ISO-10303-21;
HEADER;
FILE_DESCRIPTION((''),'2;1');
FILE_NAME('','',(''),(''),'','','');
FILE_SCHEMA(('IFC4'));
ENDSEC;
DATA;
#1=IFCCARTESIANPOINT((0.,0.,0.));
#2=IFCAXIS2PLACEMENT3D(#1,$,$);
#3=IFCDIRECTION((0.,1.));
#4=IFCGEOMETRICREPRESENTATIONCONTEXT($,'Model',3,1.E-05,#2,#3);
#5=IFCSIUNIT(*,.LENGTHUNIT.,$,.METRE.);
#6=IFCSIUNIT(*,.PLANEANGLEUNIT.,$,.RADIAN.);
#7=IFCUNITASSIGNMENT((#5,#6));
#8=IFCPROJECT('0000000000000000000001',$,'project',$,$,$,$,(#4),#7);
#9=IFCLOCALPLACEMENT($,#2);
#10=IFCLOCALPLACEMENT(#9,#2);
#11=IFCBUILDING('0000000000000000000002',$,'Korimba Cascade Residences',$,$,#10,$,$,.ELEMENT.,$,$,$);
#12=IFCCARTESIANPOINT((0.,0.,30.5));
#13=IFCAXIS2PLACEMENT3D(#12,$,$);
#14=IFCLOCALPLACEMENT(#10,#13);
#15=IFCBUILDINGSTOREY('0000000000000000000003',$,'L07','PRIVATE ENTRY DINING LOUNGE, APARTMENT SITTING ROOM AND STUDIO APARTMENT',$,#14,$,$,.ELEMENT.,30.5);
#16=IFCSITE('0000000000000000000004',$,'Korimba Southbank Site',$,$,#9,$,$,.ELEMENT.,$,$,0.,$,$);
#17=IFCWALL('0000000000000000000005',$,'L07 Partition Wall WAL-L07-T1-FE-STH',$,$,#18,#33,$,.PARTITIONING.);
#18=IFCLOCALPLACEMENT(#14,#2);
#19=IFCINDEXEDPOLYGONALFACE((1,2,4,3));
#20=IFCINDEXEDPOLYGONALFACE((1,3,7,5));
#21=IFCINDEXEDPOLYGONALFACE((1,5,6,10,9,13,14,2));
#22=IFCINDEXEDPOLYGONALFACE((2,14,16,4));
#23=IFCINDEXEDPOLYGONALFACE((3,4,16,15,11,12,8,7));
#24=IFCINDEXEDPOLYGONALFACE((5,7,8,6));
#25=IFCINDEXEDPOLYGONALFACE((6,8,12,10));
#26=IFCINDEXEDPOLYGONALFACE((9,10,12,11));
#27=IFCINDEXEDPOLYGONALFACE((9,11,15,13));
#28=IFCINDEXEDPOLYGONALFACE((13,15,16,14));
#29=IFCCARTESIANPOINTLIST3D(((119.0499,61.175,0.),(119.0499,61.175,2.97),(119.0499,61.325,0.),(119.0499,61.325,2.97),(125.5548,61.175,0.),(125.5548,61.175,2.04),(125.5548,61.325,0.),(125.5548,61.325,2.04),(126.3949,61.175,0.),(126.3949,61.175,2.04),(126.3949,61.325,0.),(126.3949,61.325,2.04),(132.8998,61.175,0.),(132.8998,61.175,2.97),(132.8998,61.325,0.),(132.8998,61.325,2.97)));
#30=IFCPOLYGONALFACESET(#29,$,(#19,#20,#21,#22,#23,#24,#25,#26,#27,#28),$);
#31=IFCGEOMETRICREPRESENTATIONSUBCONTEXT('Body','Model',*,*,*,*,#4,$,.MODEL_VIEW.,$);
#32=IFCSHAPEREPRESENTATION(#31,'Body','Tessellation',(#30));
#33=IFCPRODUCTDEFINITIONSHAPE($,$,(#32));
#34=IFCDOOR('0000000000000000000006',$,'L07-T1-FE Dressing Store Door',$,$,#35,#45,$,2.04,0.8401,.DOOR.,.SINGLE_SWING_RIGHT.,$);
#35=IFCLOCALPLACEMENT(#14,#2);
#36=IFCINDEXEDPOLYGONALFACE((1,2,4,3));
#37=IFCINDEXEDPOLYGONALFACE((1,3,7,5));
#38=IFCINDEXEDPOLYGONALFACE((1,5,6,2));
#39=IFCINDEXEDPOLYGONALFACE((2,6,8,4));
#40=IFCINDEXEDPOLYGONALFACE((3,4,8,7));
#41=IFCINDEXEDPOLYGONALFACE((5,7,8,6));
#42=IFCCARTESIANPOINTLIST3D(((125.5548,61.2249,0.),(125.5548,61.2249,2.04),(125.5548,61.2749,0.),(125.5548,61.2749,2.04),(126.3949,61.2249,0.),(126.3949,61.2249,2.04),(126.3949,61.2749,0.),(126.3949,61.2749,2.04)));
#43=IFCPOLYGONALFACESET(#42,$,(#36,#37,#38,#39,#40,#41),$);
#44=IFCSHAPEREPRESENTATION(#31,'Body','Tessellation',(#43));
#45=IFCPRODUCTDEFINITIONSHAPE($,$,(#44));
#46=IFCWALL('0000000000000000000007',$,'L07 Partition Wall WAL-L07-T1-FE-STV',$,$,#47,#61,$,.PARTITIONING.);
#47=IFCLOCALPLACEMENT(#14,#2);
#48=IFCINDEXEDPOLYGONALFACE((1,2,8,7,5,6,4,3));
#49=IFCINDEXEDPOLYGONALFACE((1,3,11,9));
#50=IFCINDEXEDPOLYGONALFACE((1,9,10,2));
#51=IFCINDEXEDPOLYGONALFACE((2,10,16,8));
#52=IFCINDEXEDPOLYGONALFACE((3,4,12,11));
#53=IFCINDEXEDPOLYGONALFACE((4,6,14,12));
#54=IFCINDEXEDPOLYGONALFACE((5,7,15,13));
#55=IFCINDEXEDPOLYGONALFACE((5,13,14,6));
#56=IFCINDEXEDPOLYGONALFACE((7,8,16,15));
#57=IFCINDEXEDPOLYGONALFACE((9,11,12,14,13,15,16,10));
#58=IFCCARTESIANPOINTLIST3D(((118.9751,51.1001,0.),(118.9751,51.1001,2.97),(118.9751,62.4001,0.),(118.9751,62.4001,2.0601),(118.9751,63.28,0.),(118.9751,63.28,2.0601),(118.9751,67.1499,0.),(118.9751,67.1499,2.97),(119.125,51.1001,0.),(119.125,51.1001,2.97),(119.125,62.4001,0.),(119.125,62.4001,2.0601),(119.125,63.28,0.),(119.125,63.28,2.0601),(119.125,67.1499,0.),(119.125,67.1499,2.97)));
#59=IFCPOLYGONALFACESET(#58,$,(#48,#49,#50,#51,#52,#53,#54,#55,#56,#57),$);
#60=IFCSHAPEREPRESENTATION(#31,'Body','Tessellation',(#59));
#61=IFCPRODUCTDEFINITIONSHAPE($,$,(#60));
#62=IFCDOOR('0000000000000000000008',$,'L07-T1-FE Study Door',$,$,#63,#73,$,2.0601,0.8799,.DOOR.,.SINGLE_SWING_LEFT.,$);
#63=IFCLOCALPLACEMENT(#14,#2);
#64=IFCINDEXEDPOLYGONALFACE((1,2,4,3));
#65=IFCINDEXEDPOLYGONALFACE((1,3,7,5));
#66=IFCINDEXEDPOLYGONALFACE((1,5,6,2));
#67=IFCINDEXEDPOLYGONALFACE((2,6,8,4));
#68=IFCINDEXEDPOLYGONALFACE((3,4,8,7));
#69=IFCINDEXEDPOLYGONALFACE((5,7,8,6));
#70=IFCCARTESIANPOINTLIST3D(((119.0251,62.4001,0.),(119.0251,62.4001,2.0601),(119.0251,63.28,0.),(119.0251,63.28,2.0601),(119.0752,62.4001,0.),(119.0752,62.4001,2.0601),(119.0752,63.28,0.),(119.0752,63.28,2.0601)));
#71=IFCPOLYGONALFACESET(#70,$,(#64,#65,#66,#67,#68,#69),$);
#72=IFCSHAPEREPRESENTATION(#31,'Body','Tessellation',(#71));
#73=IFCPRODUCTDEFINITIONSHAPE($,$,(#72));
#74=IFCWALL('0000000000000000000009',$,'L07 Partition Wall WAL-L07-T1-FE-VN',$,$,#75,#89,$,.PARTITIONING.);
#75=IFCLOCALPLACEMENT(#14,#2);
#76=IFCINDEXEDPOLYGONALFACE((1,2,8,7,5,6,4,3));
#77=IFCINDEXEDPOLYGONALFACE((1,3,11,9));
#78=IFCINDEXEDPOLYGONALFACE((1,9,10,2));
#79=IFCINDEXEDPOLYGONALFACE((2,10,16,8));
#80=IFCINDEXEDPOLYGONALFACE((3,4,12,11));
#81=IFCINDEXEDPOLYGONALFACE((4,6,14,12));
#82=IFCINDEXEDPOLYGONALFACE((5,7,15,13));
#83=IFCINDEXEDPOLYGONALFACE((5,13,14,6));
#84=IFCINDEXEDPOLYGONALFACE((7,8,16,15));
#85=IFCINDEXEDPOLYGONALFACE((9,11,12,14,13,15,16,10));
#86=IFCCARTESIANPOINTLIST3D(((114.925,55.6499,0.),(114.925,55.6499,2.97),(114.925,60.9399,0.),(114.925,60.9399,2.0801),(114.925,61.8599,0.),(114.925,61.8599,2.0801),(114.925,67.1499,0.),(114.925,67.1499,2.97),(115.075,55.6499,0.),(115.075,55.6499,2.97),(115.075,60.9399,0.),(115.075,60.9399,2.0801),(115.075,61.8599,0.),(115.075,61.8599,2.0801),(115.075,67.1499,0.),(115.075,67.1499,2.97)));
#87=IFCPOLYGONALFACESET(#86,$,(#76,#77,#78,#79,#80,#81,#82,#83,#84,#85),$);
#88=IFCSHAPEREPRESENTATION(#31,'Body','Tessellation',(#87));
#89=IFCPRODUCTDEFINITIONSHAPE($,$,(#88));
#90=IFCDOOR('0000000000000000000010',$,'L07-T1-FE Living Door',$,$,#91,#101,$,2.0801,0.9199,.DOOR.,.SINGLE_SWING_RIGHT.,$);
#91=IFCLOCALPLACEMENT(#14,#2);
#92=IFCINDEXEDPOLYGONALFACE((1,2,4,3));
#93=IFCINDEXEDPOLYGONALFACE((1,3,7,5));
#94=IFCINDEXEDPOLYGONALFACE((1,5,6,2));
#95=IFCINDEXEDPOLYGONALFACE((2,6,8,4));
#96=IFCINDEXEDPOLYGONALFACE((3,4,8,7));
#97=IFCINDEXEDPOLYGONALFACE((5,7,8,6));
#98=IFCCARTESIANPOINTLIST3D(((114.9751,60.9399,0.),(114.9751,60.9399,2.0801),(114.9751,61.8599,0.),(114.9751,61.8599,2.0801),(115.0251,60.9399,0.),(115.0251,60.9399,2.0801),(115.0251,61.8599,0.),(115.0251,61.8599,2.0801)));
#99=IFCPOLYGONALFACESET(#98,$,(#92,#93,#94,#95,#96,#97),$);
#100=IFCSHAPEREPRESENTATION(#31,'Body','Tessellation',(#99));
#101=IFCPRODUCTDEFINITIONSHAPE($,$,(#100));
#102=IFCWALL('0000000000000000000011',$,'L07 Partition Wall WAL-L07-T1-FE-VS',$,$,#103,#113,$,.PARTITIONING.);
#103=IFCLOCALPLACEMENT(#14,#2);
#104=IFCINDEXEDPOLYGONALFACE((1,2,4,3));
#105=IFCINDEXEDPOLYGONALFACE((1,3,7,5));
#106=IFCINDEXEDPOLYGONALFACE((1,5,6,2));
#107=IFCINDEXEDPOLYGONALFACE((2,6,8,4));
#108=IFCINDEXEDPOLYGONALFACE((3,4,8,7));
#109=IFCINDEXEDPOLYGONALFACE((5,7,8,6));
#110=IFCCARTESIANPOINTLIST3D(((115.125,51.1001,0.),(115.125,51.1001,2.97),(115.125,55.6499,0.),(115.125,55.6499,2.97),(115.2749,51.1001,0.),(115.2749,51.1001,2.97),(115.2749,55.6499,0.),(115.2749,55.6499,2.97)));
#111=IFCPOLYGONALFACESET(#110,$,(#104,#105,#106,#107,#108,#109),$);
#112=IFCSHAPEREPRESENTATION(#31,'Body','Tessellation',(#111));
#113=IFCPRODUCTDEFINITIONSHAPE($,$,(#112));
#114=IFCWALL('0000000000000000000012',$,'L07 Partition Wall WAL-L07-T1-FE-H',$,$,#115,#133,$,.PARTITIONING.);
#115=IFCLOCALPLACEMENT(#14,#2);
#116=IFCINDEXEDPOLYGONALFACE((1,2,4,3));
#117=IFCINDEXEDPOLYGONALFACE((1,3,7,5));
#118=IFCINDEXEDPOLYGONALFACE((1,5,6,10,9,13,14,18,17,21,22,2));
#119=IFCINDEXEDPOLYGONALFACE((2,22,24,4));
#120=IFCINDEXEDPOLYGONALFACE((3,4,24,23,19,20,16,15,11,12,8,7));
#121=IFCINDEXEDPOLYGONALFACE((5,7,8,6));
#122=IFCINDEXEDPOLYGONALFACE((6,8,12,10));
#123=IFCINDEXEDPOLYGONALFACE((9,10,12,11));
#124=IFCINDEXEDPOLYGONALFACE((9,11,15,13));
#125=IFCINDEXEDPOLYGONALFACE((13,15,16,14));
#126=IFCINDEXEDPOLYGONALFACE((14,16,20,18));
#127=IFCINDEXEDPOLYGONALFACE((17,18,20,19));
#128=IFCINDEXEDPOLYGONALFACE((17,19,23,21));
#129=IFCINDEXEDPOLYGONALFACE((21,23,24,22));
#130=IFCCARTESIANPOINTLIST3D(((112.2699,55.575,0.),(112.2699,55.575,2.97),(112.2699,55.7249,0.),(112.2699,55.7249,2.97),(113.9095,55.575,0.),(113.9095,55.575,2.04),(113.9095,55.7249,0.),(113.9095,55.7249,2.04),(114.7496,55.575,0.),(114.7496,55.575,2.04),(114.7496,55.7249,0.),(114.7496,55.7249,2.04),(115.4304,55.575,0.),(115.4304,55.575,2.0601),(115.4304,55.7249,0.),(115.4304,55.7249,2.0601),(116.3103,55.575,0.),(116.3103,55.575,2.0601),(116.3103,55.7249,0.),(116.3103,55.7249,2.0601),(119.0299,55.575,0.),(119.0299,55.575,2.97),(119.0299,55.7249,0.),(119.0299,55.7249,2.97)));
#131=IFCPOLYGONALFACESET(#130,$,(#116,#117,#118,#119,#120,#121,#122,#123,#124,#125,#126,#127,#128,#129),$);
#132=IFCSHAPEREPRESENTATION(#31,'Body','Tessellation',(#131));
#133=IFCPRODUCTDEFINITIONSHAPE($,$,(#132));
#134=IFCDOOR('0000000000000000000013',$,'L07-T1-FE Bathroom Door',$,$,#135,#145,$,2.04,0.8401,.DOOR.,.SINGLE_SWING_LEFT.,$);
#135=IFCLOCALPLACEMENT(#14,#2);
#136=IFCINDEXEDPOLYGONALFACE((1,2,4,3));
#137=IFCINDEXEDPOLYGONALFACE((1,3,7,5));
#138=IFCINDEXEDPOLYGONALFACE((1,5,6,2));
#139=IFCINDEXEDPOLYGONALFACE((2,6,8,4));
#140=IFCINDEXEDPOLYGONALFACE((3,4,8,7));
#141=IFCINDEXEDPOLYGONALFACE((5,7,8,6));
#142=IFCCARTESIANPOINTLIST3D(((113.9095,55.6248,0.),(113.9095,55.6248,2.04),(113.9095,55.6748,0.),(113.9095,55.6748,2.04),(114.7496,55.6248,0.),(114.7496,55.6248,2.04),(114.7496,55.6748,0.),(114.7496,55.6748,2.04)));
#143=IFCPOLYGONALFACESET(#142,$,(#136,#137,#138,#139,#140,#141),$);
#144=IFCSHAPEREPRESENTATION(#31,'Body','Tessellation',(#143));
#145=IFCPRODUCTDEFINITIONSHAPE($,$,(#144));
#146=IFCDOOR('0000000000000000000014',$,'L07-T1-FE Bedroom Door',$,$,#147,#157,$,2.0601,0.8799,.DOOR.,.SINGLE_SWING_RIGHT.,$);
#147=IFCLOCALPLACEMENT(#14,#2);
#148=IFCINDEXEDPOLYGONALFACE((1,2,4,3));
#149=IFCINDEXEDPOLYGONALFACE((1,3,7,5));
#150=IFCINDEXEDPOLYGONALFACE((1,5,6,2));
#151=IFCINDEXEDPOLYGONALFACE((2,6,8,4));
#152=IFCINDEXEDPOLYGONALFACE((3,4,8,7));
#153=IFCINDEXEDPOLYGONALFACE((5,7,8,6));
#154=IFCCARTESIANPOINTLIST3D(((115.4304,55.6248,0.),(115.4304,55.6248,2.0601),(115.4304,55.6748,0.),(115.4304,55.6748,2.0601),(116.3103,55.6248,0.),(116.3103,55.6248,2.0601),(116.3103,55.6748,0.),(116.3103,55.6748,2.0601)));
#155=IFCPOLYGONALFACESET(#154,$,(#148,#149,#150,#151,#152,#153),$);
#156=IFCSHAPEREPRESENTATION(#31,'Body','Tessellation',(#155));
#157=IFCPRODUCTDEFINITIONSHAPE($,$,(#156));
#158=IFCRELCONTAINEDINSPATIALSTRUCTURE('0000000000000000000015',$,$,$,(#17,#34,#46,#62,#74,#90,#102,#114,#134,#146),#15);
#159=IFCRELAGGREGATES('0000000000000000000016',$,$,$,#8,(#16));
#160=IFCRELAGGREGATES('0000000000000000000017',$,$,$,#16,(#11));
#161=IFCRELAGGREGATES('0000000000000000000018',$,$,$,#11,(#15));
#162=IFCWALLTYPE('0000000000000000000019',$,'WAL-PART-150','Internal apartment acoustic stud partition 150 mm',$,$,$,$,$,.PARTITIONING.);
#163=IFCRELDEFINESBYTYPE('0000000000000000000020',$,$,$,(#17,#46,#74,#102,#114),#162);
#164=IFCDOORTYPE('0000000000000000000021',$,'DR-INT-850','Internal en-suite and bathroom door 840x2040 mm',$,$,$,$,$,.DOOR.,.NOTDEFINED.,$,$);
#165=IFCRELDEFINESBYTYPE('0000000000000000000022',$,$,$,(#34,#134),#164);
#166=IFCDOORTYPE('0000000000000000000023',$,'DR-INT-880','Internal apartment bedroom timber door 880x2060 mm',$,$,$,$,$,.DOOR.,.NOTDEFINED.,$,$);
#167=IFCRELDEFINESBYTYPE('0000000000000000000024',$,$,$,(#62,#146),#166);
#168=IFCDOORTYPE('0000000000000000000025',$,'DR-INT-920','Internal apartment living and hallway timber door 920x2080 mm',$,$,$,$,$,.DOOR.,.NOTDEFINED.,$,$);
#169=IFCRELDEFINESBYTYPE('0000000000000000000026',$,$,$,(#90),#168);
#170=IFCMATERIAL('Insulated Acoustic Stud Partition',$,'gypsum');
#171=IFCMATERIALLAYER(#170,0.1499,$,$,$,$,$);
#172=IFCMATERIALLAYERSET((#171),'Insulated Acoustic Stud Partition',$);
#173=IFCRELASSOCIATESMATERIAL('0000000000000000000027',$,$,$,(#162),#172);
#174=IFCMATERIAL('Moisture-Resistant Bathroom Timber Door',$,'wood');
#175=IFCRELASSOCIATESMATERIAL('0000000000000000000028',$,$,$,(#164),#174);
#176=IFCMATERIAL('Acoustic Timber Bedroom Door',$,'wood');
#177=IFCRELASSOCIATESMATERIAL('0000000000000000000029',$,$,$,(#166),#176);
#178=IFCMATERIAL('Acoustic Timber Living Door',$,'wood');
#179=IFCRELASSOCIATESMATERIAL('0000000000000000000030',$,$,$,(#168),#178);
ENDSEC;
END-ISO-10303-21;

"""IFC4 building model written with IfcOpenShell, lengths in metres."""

from ifc_helpers import new_model, si_unit, direction, frame, frame_2d, origin, place, context, subcontext, project, spatial, rectangle, extrude, material, layer, layer_set, type_object, element, fill, save


model = new_model("IFC4")

# Units and contexts
model_context = context("Model", 3, precision=1e-05, world=origin(), true_north=direction((0.0, 1.0)))
body_context = subcontext(model_context, "Body", "Model", "MODEL_VIEW")
ifc_project = project(units=[si_unit("LENGTHUNIT", "METRE"), si_unit("PLANEANGLEUNIT", "RADIAN")], contexts=[model_context])

# Site, building, storey
site_placement = place(None, origin())
site = spatial("IfcSite", under=ifc_project, at=site_placement, Name="Korimba Southbank Site", CompositionType="ELEMENT", RefElevation=0.0)
building_placement = place(site_placement, origin())
building = spatial("IfcBuilding", under=site, at=building_placement, Name="Korimba Cascade Residences", CompositionType="ELEMENT")
storey_placement = place(building_placement, frame((0.0, 0.0, 30.5)))
storey = spatial("IfcBuildingStorey", under=building, at=storey_placement, Name="L07", Description="PRIVATE ENTRY DINING LOUNGE, APARTMENT SITTING ROOM AND STUDIO APARTMENT", CompositionType="ELEMENT", Elevation=30.5)

# Walls, openings, doors
ifc_material_1 = material(Name="Insulated Acoustic Stud Partition", Category="gypsum")
ifc_layer_1 = layer(ifc_material_1, 0.1499)
ifc_layer_set_1 = layer_set([ifc_layer_1], Name="Insulated Acoustic Stud Partition")
wall_type_1 = type_object("IfcWallType", Name="WAL-PART-150", Description="Internal apartment acoustic stud partition 150 mm", PredefinedType="PARTITIONING", material=ifc_layer_set_1)
wall_1_placement = place(storey_placement, frame((119.05, 61.25, 0.0), z_axis=(0.0, 0.0, 1.0), x_axis=(1.0, 0.0, 0.0)))
wall_1 = element("IfcWall", 1, at=wall_1_placement, inside=storey, type_object=wall_type_1, Name="L07 Partition Wall WAL-L07-T1-FE-STH", PredefinedType="PARTITIONING", context=body_context, shape_type="SweptSolid", body=[
    extrude(rectangle(XDim=13.8499, YDim=0.1499, at=frame_2d((6.9248, 0.0))), origin(), (0.0, 0.0, 1.0), 2.97),
])
opening_1_placement = place(wall_1_placement, frame((6.5049, 0.0, 0.0)))
opening_1 = element("IfcOpeningElement", 2, at=opening_1_placement, cuts=wall_1, PredefinedType="OPENING", context=body_context, shape_type="SweptSolid", body=[
    extrude(rectangle(XDim=0.8401, YDim=2.04, at=frame_2d((0.4199, 1.02))), frame((0.0, 0.085, 0.0), z_axis=(0.0, -1.0, 0.0), x_axis=(1.0, 0.0, 0.0)), (0.0, 0.0, 1.0), 0.1699),
])
ifc_material_2 = material(Name="Moisture-Resistant Bathroom Timber Door", Category="wood")
door_type_1 = type_object("IfcDoorType", Name="DR-INT-850", Description="Internal en-suite and bathroom door 840x2040 mm", OperationType="NOTDEFINED", PredefinedType="DOOR", material=ifc_material_2)
door_1_placement = place(opening_1_placement, origin())
door_1 = element("IfcDoor", 3, at=door_1_placement, inside=storey, type_object=door_type_1, Name="L07-T1-FE Dressing Store Door", OperationType="SINGLE_SWING_RIGHT", OverallHeight=2.04, OverallWidth=0.8401, PredefinedType="DOOR", context=body_context, shape_type="SweptSolid", body=[
    extrude(rectangle(XDim=0.8401, YDim=2.04, at=frame_2d((0.4199, 1.02))), frame((0.0, 0.0249, 0.0), z_axis=(0.0, -1.0, 0.0), x_axis=(1.0, 0.0, 0.0)), (0.0, 0.0, 1.0), 0.05),
])
fill(opening_1, door_1)
wall_2_placement = place(storey_placement, frame((119.05, 51.1001, 0.0), z_axis=(0.0, 0.0, 1.0), x_axis=(0.0, 1.0, 0.0)))
wall_2 = element("IfcWall", 4, at=wall_2_placement, inside=storey, type_object=wall_type_1, Name="L07 Partition Wall WAL-L07-T1-FE-STV", PredefinedType="PARTITIONING", context=body_context, shape_type="SweptSolid", body=[
    extrude(rectangle(XDim=16.0498, YDim=0.1499, at=frame_2d((8.0249, 0.0))), origin(), (0.0, 0.0, 1.0), 2.97),
])
opening_2_placement = place(wall_2_placement, frame((11.3, 0.0, 0.0)))
opening_2 = element("IfcOpeningElement", 5, at=opening_2_placement, cuts=wall_2, PredefinedType="OPENING", context=body_context, shape_type="SweptSolid", body=[
    extrude(rectangle(XDim=0.8799, YDim=2.0601, at=frame_2d((0.4399, 1.03))), frame((0.0, 0.085, 0.0), z_axis=(0.0, -1.0, 0.0), x_axis=(1.0, 0.0, 0.0)), (0.0, 0.0, 1.0), 0.1699),
])
ifc_material_3 = material(Name="Acoustic Timber Bedroom Door", Category="wood")
door_type_2 = type_object("IfcDoorType", Name="DR-INT-880", Description="Internal apartment bedroom timber door 880x2060 mm", OperationType="NOTDEFINED", PredefinedType="DOOR", material=ifc_material_3)
door_2_placement = place(opening_2_placement, origin())
door_2 = element("IfcDoor", 6, at=door_2_placement, inside=storey, type_object=door_type_2, Name="L07-T1-FE Study Door", OperationType="SINGLE_SWING_LEFT", OverallHeight=2.0601, OverallWidth=0.8799, PredefinedType="DOOR", context=body_context, shape_type="SweptSolid", body=[
    extrude(rectangle(XDim=0.8799, YDim=2.0601, at=frame_2d((0.4399, 1.03))), frame((0.0, 0.0249, 0.0), z_axis=(0.0, -1.0, 0.0), x_axis=(1.0, 0.0, 0.0)), (0.0, 0.0, 1.0), 0.05),
])
fill(opening_2, door_2)
wall_3_placement = place(storey_placement, frame((115.0, 55.6499, 0.0), z_axis=(0.0, 0.0, 1.0), x_axis=(0.0, 1.0, 0.0)))
wall_3 = element("IfcWall", 7, at=wall_3_placement, inside=storey, type_object=wall_type_1, Name="L07 Partition Wall WAL-L07-T1-FE-VN", PredefinedType="PARTITIONING", context=body_context, shape_type="SweptSolid", body=[
    extrude(rectangle(XDim=11.5, YDim=0.1499, at=frame_2d((5.75, 0.0))), origin(), (0.0, 0.0, 1.0), 2.97),
])
opening_3_placement = place(wall_3_placement, frame((5.29, 0.0, 0.0)))
opening_3 = element("IfcOpeningElement", 8, at=opening_3_placement, cuts=wall_3, PredefinedType="OPENING", context=body_context, shape_type="SweptSolid", body=[
    extrude(rectangle(XDim=0.9199, YDim=2.0801, at=frame_2d((0.46, 1.04))), frame((0.0, 0.085, 0.0), z_axis=(0.0, -1.0, 0.0), x_axis=(1.0, 0.0, 0.0)), (0.0, 0.0, 1.0), 0.1699),
])
ifc_material_4 = material(Name="Acoustic Timber Living Door", Category="wood")
door_type_3 = type_object("IfcDoorType", Name="DR-INT-920", Description="Internal apartment living and hallway timber door 920x2080 mm", OperationType="NOTDEFINED", PredefinedType="DOOR", material=ifc_material_4)
door_3_placement = place(opening_3_placement, origin())
door_3 = element("IfcDoor", 9, at=door_3_placement, inside=storey, type_object=door_type_3, Name="L07-T1-FE Living Door", OperationType="SINGLE_SWING_RIGHT", OverallHeight=2.0801, OverallWidth=0.9199, PredefinedType="DOOR", context=body_context, shape_type="SweptSolid", body=[
    extrude(rectangle(XDim=0.9199, YDim=2.0801, at=frame_2d((0.46, 1.04))), frame((0.0, 0.0249, 0.0), z_axis=(0.0, -1.0, 0.0), x_axis=(1.0, 0.0, 0.0)), (0.0, 0.0, 1.0), 0.05),
])
fill(opening_3, door_3)

# Wall
wall_4_placement = place(storey_placement, frame((115.2, 51.1001, 0.0), z_axis=(0.0, 0.0, 1.0), x_axis=(0.0, 1.0, 0.0)))
element("IfcWall", 10, at=wall_4_placement, inside=storey, type_object=wall_type_1, Name="L07 Partition Wall WAL-L07-T1-FE-VS", PredefinedType="PARTITIONING", context=body_context, shape_type="SweptSolid", body=[
    extrude(rectangle(XDim=4.5498, YDim=0.1499, at=frame_2d((2.2749, 0.0))), origin(), (0.0, 0.0, 1.0), 2.97),
])

# Wall, openings, doors
wall_5_placement = place(storey_placement, frame((112.27, 55.6499, 0.0), z_axis=(0.0, 0.0, 1.0), x_axis=(1.0, 0.0, 0.0)))
wall_5 = element("IfcWall", 11, at=wall_5_placement, inside=storey, type_object=wall_type_1, Name="L07 Partition Wall WAL-L07-T1-FE-H", PredefinedType="PARTITIONING", context=body_context, shape_type="SweptSolid", body=[
    extrude(rectangle(XDim=6.76, YDim=0.1499, at=frame_2d((3.3799, 0.0))), origin(), (0.0, 0.0, 1.0), 2.97),
])
opening_4_placement = place(wall_5_placement, frame((1.6396, 0.0, 0.0)))
opening_4 = element("IfcOpeningElement", 12, at=opening_4_placement, cuts=wall_5, PredefinedType="OPENING", context=body_context, shape_type="SweptSolid", body=[
    extrude(rectangle(XDim=0.8401, YDim=2.04, at=frame_2d((0.4199, 1.02))), frame((0.0, 0.085, 0.0), z_axis=(0.0, -1.0, 0.0), x_axis=(1.0, 0.0, 0.0)), (0.0, 0.0, 1.0), 0.1699),
])
opening_5_placement = place(wall_5_placement, frame((3.1604, 0.0, 0.0)))
opening_5 = element("IfcOpeningElement", 13, at=opening_5_placement, cuts=wall_5, PredefinedType="OPENING", context=body_context, shape_type="SweptSolid", body=[
    extrude(rectangle(XDim=0.8799, YDim=2.0601, at=frame_2d((0.4399, 1.03))), frame((0.0, 0.085, 0.0), z_axis=(0.0, -1.0, 0.0), x_axis=(1.0, 0.0, 0.0)), (0.0, 0.0, 1.0), 0.1699),
])
door_4_placement = place(opening_4_placement, origin())
door_4 = element("IfcDoor", 14, at=door_4_placement, inside=storey, type_object=door_type_1, Name="L07-T1-FE Bathroom Door", OperationType="SINGLE_SWING_LEFT", OverallHeight=2.04, OverallWidth=0.8401, PredefinedType="DOOR", context=body_context, shape_type="SweptSolid", body=[
    extrude(rectangle(XDim=0.8401, YDim=2.04, at=frame_2d((0.4199, 1.02))), frame((0.0, 0.0249, 0.0), z_axis=(0.0, -1.0, 0.0), x_axis=(1.0, 0.0, 0.0)), (0.0, 0.0, 1.0), 0.05),
])
fill(opening_4, door_4)
door_5_placement = place(opening_5_placement, origin())
door_5 = element("IfcDoor", 15, at=door_5_placement, inside=storey, type_object=door_type_2, Name="L07-T1-FE Bedroom Door", OperationType="SINGLE_SWING_RIGHT", OverallHeight=2.0601, OverallWidth=0.8799, PredefinedType="DOOR", context=body_context, shape_type="SweptSolid", body=[
    extrude(rectangle(XDim=0.8799, YDim=2.0601, at=frame_2d((0.4399, 1.03))), frame((0.0, 0.0249, 0.0), z_axis=(0.0, -1.0, 0.0), x_axis=(1.0, 0.0, 0.0)), (0.0, 0.0, 1.0), 0.05),
])
fill(opening_5, door_5)

save(model, "model.ifc")
